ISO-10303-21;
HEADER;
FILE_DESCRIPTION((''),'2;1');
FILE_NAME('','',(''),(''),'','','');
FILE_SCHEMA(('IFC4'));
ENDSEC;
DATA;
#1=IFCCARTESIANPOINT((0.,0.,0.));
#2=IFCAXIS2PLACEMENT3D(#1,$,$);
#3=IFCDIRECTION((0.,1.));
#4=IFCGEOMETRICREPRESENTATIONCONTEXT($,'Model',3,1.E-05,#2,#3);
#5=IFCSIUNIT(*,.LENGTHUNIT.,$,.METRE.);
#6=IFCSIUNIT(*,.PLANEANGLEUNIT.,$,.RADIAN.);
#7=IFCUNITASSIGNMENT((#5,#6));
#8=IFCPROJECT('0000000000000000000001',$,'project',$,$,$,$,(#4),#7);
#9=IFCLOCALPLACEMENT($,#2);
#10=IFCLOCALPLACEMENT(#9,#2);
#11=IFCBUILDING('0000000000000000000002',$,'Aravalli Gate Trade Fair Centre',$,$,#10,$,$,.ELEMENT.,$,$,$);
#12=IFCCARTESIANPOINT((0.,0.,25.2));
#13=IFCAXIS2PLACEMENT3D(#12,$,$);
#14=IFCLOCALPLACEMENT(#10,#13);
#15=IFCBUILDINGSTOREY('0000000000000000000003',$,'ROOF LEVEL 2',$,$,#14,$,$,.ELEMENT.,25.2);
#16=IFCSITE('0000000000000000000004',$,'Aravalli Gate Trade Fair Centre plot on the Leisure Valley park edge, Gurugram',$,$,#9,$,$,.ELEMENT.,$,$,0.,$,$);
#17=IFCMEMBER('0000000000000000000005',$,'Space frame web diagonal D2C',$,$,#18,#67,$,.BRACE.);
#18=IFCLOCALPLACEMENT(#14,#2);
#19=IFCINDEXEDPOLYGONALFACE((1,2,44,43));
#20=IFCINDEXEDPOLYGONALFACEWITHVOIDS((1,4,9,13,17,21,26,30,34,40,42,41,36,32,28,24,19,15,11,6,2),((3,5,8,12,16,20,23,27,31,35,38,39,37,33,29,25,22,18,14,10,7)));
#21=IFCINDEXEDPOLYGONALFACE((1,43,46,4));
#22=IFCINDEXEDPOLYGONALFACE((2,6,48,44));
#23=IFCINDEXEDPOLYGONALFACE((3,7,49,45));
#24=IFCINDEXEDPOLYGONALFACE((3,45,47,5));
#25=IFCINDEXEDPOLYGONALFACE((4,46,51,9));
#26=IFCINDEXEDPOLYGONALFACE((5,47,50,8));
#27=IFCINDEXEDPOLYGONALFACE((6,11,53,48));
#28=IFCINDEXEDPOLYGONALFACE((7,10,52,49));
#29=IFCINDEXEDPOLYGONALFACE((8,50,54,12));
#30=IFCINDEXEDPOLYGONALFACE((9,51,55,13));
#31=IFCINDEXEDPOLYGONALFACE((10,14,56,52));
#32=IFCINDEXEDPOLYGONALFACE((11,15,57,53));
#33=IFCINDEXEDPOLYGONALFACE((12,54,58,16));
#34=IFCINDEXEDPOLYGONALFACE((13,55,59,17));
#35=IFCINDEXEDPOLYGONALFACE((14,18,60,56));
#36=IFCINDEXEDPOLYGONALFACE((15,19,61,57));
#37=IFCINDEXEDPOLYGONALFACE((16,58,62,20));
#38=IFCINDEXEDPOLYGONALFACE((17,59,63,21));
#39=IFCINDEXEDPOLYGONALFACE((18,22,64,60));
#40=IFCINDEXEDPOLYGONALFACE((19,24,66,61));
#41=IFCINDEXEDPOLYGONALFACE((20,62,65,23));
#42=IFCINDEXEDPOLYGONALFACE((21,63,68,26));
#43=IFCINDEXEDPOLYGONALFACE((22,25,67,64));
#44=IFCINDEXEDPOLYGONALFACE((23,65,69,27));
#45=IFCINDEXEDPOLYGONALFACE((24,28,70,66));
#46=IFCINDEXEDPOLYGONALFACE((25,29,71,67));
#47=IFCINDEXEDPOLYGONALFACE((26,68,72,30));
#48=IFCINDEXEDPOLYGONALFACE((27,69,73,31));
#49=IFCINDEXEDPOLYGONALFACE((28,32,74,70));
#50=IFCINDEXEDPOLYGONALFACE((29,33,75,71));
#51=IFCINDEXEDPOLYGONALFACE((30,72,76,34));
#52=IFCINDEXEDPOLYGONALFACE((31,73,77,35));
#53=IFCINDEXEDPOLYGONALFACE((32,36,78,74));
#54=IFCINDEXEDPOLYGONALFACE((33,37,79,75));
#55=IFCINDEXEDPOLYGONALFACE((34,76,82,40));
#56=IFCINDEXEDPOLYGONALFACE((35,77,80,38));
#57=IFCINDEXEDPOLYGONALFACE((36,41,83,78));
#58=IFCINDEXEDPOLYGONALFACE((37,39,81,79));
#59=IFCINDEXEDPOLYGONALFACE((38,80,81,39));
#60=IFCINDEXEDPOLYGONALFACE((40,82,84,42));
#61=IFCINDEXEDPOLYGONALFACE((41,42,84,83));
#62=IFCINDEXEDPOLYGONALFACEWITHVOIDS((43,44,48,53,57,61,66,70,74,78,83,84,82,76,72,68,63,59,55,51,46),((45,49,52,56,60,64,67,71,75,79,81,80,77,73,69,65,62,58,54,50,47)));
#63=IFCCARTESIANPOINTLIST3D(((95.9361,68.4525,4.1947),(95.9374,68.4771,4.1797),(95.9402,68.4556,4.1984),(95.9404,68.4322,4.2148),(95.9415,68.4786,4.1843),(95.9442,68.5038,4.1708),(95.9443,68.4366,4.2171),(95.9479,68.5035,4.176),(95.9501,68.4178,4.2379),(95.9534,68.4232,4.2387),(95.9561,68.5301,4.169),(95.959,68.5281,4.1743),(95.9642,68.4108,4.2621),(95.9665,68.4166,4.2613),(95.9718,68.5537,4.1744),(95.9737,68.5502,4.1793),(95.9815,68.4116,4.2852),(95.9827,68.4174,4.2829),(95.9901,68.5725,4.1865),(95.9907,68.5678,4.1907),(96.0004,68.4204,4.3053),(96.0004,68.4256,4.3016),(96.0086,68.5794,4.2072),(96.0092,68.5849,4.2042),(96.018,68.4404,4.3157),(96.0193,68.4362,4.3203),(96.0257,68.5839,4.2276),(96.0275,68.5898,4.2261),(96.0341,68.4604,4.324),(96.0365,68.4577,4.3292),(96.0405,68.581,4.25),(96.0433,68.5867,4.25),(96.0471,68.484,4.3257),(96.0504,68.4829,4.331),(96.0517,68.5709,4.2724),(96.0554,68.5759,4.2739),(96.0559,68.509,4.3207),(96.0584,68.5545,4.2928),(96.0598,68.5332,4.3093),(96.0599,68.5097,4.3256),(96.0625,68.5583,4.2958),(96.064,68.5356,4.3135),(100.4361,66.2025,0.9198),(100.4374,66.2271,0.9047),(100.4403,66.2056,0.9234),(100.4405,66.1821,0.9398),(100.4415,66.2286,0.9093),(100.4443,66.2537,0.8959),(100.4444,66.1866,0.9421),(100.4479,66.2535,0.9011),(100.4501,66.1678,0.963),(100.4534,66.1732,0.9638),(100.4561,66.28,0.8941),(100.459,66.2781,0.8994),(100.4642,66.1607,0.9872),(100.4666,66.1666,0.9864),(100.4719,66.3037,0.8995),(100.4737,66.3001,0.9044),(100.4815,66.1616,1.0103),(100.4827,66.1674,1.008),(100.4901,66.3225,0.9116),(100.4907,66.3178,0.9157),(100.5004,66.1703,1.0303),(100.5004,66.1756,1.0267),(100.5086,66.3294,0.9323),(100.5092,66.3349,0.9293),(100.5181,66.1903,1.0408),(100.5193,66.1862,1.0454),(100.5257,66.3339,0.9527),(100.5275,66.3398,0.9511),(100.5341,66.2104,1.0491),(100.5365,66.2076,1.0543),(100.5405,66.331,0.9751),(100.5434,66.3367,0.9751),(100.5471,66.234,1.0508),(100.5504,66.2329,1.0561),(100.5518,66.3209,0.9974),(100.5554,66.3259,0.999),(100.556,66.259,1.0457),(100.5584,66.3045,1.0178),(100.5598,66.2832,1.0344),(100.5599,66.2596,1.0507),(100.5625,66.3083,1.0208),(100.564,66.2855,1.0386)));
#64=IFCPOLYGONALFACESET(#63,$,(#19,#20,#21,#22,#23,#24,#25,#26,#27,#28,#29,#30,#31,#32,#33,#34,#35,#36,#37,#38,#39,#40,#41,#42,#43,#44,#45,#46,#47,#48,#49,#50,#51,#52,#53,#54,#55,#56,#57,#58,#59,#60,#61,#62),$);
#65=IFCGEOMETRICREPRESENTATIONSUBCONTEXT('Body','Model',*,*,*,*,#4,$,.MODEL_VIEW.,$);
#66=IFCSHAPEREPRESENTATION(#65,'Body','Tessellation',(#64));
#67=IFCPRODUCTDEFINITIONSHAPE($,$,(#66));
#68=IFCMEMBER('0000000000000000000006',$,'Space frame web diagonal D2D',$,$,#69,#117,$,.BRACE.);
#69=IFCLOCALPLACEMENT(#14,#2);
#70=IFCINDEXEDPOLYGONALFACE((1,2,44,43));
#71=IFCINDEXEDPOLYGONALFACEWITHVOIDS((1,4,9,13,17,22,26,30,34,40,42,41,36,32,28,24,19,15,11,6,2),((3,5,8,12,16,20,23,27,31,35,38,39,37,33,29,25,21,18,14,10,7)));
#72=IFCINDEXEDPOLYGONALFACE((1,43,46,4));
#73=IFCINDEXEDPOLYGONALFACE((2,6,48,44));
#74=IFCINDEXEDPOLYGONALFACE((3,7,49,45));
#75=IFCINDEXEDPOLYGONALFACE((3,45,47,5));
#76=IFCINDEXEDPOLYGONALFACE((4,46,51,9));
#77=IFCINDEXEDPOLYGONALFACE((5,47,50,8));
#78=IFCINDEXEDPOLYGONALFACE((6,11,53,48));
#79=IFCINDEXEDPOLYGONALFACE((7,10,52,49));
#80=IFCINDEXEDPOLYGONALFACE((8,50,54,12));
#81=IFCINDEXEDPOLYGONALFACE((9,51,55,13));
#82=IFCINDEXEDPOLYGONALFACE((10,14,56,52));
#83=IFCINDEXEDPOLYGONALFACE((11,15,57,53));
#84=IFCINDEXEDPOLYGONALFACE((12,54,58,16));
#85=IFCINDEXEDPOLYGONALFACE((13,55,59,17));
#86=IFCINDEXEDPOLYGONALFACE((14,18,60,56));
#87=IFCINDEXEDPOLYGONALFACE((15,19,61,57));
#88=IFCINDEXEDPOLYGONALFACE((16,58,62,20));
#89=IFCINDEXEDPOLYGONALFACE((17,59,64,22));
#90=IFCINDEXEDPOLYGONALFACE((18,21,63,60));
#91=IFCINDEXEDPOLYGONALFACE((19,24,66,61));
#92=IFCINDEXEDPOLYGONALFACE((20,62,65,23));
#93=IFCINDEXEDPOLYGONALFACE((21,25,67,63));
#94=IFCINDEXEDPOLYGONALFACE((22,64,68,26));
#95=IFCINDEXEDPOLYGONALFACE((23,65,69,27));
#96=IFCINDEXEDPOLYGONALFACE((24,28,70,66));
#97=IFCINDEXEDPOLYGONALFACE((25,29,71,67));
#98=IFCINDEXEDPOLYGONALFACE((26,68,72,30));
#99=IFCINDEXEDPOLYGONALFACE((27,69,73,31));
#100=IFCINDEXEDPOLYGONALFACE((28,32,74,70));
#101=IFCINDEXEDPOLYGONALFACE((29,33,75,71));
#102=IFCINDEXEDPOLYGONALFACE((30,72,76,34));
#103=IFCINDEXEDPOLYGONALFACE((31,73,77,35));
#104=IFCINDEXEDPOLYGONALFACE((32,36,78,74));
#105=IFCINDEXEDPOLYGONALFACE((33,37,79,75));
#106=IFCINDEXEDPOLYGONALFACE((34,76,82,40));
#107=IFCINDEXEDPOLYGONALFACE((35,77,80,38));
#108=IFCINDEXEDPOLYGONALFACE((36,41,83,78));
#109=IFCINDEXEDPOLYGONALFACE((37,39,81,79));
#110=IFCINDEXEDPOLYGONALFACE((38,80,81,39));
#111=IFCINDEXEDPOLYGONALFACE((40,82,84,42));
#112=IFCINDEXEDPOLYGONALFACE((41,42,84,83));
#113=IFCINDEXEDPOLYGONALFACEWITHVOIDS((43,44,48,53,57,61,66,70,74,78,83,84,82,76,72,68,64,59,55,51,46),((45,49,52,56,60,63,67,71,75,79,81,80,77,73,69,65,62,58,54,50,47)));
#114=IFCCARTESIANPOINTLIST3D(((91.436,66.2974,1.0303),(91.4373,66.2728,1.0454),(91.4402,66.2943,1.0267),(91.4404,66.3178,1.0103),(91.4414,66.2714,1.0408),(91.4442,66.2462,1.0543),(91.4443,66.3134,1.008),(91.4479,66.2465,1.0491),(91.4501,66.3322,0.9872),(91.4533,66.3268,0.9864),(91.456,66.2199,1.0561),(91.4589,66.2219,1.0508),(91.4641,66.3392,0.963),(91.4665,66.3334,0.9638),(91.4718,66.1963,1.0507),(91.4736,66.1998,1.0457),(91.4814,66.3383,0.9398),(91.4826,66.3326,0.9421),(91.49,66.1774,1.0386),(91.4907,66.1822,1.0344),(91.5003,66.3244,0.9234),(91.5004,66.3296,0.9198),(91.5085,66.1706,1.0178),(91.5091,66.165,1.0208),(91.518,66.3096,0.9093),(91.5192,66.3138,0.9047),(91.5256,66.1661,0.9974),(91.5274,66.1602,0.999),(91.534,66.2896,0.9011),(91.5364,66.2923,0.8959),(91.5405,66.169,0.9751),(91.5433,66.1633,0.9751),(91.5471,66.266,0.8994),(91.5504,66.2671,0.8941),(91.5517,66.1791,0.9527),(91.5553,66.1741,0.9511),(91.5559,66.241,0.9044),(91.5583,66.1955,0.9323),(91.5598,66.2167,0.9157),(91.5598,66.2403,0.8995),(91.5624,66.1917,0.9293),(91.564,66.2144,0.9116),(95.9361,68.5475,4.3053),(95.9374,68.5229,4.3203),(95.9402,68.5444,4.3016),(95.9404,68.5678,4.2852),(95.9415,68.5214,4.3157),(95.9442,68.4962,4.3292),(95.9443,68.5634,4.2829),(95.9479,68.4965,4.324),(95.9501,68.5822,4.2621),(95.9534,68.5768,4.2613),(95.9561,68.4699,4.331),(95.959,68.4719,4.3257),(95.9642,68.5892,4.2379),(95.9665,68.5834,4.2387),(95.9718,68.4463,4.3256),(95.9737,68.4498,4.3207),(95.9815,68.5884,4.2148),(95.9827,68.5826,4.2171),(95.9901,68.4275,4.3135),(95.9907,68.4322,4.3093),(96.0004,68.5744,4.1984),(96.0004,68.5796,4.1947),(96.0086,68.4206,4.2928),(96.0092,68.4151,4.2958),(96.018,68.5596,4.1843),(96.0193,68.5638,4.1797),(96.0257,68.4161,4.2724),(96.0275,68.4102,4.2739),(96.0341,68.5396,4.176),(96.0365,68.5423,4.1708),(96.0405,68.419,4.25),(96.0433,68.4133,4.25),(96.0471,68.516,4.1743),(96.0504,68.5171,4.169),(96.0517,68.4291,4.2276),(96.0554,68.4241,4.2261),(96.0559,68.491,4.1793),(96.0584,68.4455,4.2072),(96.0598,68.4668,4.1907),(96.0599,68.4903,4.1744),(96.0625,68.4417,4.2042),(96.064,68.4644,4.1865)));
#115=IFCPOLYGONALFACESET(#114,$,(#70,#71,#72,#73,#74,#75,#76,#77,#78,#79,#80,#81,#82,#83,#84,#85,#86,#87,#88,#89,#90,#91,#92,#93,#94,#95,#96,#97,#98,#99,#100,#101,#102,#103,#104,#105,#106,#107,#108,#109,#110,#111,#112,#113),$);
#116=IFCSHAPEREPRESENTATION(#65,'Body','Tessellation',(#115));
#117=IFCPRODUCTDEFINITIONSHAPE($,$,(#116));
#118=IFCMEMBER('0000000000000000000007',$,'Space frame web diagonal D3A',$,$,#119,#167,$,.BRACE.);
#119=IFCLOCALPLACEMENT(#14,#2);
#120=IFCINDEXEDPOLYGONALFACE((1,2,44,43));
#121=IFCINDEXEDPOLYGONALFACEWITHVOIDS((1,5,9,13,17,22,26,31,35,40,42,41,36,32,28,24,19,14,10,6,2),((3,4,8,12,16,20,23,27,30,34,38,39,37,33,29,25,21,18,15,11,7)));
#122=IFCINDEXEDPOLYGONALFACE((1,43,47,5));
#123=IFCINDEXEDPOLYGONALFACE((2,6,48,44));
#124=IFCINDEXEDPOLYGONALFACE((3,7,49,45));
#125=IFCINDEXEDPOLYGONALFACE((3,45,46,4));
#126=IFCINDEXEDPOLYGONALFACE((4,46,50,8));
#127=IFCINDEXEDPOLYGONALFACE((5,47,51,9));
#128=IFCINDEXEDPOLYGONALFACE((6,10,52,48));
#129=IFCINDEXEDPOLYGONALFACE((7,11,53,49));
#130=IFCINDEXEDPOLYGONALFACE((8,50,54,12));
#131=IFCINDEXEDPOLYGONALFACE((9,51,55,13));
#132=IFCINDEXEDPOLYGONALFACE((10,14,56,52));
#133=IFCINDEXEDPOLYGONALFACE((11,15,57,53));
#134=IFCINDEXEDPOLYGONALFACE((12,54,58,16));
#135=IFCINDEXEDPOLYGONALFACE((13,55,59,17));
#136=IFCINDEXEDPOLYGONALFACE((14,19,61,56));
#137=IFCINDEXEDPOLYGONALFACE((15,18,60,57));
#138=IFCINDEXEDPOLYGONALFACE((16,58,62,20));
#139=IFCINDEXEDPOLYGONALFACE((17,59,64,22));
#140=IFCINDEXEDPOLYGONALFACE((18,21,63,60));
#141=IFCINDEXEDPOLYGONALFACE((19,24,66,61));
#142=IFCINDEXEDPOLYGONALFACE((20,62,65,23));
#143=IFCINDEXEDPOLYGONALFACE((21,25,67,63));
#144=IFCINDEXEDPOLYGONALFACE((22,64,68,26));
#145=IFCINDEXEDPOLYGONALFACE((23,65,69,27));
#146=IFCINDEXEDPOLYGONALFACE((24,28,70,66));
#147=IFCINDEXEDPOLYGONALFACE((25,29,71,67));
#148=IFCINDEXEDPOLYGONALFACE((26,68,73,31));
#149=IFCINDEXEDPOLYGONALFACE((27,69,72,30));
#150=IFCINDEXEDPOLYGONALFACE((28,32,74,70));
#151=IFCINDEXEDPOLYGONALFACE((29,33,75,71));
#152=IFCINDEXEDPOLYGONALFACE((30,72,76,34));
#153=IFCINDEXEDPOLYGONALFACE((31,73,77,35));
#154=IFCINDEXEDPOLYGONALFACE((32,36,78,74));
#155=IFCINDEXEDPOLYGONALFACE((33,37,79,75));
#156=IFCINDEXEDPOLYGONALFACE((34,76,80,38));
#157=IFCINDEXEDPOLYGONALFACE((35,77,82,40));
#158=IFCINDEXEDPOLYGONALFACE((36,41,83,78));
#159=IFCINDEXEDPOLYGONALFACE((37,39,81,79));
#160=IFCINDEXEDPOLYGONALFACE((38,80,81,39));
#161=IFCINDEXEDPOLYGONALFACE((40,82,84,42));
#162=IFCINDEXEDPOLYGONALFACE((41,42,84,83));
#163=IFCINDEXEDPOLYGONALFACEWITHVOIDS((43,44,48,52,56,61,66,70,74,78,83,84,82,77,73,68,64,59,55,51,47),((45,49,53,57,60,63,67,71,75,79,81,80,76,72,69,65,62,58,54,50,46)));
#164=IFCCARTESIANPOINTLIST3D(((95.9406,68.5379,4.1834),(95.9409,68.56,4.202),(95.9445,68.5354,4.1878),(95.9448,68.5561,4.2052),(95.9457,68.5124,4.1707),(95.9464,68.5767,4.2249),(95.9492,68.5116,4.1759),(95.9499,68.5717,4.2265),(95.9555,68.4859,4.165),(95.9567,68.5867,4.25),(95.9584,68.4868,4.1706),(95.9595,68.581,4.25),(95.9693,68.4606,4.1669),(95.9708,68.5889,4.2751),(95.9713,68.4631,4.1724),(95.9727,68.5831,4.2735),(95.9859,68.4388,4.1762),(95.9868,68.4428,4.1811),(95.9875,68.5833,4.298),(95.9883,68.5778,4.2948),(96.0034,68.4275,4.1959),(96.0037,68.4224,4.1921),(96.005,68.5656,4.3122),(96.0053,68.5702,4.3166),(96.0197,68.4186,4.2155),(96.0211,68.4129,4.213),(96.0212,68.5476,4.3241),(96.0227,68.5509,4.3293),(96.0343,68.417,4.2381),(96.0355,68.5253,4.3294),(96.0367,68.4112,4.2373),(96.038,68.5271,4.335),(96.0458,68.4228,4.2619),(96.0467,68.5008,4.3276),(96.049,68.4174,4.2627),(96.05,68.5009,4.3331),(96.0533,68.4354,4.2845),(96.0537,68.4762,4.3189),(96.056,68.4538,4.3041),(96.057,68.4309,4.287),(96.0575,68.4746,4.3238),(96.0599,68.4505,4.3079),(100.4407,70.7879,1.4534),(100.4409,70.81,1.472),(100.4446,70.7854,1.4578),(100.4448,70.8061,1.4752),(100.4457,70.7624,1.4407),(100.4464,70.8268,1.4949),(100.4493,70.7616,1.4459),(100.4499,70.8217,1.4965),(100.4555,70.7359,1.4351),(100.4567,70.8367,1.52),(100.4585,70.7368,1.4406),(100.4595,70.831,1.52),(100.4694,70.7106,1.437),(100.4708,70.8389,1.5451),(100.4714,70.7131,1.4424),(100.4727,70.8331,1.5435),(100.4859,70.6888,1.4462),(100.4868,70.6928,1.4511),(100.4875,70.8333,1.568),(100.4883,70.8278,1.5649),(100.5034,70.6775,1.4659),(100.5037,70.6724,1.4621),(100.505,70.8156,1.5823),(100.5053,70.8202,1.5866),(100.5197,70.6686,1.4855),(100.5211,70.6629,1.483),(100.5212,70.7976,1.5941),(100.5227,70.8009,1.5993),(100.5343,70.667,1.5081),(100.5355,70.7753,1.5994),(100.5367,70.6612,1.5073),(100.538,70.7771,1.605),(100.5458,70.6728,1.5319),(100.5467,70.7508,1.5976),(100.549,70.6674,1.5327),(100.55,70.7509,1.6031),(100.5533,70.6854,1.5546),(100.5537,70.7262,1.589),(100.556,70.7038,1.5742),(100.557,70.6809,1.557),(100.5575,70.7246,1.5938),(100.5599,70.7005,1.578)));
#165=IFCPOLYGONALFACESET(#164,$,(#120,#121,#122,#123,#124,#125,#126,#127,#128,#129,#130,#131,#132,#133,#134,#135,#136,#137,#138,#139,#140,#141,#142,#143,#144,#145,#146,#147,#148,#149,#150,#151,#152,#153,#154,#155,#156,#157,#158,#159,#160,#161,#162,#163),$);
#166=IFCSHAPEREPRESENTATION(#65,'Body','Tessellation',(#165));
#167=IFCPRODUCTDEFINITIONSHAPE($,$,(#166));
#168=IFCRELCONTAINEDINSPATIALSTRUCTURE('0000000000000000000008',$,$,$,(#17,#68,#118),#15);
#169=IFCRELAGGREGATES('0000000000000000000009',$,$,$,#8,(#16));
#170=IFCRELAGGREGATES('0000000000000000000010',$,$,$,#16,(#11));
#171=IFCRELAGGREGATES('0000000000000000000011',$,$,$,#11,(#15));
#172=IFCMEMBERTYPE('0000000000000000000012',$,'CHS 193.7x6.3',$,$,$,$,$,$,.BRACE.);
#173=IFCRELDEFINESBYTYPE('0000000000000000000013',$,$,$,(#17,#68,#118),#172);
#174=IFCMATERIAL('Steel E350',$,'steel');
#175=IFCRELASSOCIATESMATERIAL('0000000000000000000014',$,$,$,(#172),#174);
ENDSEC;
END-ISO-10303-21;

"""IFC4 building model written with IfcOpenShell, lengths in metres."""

from ifc_helpers import new_model, si_unit, direction, frame, origin, origin_2d, place, context, subcontext, project, spatial, hollow_circle, extrude, material, material_profile, profile_set, type_object, element, save


model = new_model("IFC4")

# Units and contexts
model_context = context("Model", 3, precision=1e-05, world=origin(), true_north=direction((0.0, 1.0)))
body_context = subcontext(model_context, "Body", "Model", "MODEL_VIEW")
ifc_project = project(units=[si_unit("LENGTHUNIT", "METRE"), si_unit("PLANEANGLEUNIT", "RADIAN")], contexts=[model_context])

# Site, building, storey
site_placement = place(None, origin())
site = spatial("IfcSite", under=ifc_project, at=site_placement, Name="Aravalli Gate Trade Fair Centre plot on the Leisure Valley park edge, Gurugram", CompositionType="ELEMENT", RefElevation=0.0)
building_placement = place(site_placement, origin())
building = spatial("IfcBuilding", under=site, at=building_placement, Name="Aravalli Gate Trade Fair Centre", CompositionType="ELEMENT")
storey_placement = place(building_placement, frame((0.0, 0.0, 25.2)))
storey = spatial("IfcBuildingStorey", under=building, at=storey_placement, Name="ROOF LEVEL 2", CompositionType="ELEMENT", Elevation=25.2)

# Members
ifc_material_1 = material(Name="Steel E350", Category="steel")
ifc_material_profile_1 = material_profile(ifc_material_1, hollow_circle(Radius=0.0969, WallThickness=0.0063, at=origin_2d()), Name="CHS 193.7x6.3")
ifc_profile_set_1 = profile_set([ifc_material_profile_1], Name="Steel E350")
member_type_1 = type_object("IfcMemberType", Name="CHS 193.7x6.3", PredefinedType="BRACE", material=ifc_profile_set_1)
for number, where, z_axis, x_axis, name in (
    (1, (96.0, 68.5, 4.25), (0.74961, -0.374805, -0.545533), (0.447214, 0.894427, 0.0), "Space frame web diagonal D2C"),
    (2, (96.0, 68.5, 4.25), (-0.74961, -0.374805, -0.545533), (0.447214, -0.894427, 0.0), "Space frame web diagonal D2D"),
):
    element("IfcMember", number, at=place(storey_placement, frame(where, z_axis=z_axis, x_axis=x_axis)), inside=storey, type_object=member_type_1, Name=name, PredefinedType="BRACE", context=body_context, shape_type="SweptSolid", body=[
        extrude(hollow_circle(Radius=0.0969, WallThickness=0.0063, at=origin_2d()), origin(), (0.0, 0.0, 1.0), 6.0032),
    ])
for number, where, z_axis, x_axis, name in (
    (3, (96.0, 68.5, 4.25), (0.78615, 0.393075, -0.476928), (-0.447214, 0.894427, 0.0), "Space frame web diagonal D3A"),
):
    element("IfcMember", number, at=place(storey_placement, frame(where, z_axis=z_axis, x_axis=x_axis)), inside=storey, type_object=member_type_1, Name=name, PredefinedType="BRACE", context=body_context, shape_type="SweptSolid", body=[
        extrude(hollow_circle(Radius=0.0969, WallThickness=0.0063, at=origin_2d()), origin(), (0.0, 0.0, 1.0), 5.7241),
    ])

save(model, "model.ifc")
